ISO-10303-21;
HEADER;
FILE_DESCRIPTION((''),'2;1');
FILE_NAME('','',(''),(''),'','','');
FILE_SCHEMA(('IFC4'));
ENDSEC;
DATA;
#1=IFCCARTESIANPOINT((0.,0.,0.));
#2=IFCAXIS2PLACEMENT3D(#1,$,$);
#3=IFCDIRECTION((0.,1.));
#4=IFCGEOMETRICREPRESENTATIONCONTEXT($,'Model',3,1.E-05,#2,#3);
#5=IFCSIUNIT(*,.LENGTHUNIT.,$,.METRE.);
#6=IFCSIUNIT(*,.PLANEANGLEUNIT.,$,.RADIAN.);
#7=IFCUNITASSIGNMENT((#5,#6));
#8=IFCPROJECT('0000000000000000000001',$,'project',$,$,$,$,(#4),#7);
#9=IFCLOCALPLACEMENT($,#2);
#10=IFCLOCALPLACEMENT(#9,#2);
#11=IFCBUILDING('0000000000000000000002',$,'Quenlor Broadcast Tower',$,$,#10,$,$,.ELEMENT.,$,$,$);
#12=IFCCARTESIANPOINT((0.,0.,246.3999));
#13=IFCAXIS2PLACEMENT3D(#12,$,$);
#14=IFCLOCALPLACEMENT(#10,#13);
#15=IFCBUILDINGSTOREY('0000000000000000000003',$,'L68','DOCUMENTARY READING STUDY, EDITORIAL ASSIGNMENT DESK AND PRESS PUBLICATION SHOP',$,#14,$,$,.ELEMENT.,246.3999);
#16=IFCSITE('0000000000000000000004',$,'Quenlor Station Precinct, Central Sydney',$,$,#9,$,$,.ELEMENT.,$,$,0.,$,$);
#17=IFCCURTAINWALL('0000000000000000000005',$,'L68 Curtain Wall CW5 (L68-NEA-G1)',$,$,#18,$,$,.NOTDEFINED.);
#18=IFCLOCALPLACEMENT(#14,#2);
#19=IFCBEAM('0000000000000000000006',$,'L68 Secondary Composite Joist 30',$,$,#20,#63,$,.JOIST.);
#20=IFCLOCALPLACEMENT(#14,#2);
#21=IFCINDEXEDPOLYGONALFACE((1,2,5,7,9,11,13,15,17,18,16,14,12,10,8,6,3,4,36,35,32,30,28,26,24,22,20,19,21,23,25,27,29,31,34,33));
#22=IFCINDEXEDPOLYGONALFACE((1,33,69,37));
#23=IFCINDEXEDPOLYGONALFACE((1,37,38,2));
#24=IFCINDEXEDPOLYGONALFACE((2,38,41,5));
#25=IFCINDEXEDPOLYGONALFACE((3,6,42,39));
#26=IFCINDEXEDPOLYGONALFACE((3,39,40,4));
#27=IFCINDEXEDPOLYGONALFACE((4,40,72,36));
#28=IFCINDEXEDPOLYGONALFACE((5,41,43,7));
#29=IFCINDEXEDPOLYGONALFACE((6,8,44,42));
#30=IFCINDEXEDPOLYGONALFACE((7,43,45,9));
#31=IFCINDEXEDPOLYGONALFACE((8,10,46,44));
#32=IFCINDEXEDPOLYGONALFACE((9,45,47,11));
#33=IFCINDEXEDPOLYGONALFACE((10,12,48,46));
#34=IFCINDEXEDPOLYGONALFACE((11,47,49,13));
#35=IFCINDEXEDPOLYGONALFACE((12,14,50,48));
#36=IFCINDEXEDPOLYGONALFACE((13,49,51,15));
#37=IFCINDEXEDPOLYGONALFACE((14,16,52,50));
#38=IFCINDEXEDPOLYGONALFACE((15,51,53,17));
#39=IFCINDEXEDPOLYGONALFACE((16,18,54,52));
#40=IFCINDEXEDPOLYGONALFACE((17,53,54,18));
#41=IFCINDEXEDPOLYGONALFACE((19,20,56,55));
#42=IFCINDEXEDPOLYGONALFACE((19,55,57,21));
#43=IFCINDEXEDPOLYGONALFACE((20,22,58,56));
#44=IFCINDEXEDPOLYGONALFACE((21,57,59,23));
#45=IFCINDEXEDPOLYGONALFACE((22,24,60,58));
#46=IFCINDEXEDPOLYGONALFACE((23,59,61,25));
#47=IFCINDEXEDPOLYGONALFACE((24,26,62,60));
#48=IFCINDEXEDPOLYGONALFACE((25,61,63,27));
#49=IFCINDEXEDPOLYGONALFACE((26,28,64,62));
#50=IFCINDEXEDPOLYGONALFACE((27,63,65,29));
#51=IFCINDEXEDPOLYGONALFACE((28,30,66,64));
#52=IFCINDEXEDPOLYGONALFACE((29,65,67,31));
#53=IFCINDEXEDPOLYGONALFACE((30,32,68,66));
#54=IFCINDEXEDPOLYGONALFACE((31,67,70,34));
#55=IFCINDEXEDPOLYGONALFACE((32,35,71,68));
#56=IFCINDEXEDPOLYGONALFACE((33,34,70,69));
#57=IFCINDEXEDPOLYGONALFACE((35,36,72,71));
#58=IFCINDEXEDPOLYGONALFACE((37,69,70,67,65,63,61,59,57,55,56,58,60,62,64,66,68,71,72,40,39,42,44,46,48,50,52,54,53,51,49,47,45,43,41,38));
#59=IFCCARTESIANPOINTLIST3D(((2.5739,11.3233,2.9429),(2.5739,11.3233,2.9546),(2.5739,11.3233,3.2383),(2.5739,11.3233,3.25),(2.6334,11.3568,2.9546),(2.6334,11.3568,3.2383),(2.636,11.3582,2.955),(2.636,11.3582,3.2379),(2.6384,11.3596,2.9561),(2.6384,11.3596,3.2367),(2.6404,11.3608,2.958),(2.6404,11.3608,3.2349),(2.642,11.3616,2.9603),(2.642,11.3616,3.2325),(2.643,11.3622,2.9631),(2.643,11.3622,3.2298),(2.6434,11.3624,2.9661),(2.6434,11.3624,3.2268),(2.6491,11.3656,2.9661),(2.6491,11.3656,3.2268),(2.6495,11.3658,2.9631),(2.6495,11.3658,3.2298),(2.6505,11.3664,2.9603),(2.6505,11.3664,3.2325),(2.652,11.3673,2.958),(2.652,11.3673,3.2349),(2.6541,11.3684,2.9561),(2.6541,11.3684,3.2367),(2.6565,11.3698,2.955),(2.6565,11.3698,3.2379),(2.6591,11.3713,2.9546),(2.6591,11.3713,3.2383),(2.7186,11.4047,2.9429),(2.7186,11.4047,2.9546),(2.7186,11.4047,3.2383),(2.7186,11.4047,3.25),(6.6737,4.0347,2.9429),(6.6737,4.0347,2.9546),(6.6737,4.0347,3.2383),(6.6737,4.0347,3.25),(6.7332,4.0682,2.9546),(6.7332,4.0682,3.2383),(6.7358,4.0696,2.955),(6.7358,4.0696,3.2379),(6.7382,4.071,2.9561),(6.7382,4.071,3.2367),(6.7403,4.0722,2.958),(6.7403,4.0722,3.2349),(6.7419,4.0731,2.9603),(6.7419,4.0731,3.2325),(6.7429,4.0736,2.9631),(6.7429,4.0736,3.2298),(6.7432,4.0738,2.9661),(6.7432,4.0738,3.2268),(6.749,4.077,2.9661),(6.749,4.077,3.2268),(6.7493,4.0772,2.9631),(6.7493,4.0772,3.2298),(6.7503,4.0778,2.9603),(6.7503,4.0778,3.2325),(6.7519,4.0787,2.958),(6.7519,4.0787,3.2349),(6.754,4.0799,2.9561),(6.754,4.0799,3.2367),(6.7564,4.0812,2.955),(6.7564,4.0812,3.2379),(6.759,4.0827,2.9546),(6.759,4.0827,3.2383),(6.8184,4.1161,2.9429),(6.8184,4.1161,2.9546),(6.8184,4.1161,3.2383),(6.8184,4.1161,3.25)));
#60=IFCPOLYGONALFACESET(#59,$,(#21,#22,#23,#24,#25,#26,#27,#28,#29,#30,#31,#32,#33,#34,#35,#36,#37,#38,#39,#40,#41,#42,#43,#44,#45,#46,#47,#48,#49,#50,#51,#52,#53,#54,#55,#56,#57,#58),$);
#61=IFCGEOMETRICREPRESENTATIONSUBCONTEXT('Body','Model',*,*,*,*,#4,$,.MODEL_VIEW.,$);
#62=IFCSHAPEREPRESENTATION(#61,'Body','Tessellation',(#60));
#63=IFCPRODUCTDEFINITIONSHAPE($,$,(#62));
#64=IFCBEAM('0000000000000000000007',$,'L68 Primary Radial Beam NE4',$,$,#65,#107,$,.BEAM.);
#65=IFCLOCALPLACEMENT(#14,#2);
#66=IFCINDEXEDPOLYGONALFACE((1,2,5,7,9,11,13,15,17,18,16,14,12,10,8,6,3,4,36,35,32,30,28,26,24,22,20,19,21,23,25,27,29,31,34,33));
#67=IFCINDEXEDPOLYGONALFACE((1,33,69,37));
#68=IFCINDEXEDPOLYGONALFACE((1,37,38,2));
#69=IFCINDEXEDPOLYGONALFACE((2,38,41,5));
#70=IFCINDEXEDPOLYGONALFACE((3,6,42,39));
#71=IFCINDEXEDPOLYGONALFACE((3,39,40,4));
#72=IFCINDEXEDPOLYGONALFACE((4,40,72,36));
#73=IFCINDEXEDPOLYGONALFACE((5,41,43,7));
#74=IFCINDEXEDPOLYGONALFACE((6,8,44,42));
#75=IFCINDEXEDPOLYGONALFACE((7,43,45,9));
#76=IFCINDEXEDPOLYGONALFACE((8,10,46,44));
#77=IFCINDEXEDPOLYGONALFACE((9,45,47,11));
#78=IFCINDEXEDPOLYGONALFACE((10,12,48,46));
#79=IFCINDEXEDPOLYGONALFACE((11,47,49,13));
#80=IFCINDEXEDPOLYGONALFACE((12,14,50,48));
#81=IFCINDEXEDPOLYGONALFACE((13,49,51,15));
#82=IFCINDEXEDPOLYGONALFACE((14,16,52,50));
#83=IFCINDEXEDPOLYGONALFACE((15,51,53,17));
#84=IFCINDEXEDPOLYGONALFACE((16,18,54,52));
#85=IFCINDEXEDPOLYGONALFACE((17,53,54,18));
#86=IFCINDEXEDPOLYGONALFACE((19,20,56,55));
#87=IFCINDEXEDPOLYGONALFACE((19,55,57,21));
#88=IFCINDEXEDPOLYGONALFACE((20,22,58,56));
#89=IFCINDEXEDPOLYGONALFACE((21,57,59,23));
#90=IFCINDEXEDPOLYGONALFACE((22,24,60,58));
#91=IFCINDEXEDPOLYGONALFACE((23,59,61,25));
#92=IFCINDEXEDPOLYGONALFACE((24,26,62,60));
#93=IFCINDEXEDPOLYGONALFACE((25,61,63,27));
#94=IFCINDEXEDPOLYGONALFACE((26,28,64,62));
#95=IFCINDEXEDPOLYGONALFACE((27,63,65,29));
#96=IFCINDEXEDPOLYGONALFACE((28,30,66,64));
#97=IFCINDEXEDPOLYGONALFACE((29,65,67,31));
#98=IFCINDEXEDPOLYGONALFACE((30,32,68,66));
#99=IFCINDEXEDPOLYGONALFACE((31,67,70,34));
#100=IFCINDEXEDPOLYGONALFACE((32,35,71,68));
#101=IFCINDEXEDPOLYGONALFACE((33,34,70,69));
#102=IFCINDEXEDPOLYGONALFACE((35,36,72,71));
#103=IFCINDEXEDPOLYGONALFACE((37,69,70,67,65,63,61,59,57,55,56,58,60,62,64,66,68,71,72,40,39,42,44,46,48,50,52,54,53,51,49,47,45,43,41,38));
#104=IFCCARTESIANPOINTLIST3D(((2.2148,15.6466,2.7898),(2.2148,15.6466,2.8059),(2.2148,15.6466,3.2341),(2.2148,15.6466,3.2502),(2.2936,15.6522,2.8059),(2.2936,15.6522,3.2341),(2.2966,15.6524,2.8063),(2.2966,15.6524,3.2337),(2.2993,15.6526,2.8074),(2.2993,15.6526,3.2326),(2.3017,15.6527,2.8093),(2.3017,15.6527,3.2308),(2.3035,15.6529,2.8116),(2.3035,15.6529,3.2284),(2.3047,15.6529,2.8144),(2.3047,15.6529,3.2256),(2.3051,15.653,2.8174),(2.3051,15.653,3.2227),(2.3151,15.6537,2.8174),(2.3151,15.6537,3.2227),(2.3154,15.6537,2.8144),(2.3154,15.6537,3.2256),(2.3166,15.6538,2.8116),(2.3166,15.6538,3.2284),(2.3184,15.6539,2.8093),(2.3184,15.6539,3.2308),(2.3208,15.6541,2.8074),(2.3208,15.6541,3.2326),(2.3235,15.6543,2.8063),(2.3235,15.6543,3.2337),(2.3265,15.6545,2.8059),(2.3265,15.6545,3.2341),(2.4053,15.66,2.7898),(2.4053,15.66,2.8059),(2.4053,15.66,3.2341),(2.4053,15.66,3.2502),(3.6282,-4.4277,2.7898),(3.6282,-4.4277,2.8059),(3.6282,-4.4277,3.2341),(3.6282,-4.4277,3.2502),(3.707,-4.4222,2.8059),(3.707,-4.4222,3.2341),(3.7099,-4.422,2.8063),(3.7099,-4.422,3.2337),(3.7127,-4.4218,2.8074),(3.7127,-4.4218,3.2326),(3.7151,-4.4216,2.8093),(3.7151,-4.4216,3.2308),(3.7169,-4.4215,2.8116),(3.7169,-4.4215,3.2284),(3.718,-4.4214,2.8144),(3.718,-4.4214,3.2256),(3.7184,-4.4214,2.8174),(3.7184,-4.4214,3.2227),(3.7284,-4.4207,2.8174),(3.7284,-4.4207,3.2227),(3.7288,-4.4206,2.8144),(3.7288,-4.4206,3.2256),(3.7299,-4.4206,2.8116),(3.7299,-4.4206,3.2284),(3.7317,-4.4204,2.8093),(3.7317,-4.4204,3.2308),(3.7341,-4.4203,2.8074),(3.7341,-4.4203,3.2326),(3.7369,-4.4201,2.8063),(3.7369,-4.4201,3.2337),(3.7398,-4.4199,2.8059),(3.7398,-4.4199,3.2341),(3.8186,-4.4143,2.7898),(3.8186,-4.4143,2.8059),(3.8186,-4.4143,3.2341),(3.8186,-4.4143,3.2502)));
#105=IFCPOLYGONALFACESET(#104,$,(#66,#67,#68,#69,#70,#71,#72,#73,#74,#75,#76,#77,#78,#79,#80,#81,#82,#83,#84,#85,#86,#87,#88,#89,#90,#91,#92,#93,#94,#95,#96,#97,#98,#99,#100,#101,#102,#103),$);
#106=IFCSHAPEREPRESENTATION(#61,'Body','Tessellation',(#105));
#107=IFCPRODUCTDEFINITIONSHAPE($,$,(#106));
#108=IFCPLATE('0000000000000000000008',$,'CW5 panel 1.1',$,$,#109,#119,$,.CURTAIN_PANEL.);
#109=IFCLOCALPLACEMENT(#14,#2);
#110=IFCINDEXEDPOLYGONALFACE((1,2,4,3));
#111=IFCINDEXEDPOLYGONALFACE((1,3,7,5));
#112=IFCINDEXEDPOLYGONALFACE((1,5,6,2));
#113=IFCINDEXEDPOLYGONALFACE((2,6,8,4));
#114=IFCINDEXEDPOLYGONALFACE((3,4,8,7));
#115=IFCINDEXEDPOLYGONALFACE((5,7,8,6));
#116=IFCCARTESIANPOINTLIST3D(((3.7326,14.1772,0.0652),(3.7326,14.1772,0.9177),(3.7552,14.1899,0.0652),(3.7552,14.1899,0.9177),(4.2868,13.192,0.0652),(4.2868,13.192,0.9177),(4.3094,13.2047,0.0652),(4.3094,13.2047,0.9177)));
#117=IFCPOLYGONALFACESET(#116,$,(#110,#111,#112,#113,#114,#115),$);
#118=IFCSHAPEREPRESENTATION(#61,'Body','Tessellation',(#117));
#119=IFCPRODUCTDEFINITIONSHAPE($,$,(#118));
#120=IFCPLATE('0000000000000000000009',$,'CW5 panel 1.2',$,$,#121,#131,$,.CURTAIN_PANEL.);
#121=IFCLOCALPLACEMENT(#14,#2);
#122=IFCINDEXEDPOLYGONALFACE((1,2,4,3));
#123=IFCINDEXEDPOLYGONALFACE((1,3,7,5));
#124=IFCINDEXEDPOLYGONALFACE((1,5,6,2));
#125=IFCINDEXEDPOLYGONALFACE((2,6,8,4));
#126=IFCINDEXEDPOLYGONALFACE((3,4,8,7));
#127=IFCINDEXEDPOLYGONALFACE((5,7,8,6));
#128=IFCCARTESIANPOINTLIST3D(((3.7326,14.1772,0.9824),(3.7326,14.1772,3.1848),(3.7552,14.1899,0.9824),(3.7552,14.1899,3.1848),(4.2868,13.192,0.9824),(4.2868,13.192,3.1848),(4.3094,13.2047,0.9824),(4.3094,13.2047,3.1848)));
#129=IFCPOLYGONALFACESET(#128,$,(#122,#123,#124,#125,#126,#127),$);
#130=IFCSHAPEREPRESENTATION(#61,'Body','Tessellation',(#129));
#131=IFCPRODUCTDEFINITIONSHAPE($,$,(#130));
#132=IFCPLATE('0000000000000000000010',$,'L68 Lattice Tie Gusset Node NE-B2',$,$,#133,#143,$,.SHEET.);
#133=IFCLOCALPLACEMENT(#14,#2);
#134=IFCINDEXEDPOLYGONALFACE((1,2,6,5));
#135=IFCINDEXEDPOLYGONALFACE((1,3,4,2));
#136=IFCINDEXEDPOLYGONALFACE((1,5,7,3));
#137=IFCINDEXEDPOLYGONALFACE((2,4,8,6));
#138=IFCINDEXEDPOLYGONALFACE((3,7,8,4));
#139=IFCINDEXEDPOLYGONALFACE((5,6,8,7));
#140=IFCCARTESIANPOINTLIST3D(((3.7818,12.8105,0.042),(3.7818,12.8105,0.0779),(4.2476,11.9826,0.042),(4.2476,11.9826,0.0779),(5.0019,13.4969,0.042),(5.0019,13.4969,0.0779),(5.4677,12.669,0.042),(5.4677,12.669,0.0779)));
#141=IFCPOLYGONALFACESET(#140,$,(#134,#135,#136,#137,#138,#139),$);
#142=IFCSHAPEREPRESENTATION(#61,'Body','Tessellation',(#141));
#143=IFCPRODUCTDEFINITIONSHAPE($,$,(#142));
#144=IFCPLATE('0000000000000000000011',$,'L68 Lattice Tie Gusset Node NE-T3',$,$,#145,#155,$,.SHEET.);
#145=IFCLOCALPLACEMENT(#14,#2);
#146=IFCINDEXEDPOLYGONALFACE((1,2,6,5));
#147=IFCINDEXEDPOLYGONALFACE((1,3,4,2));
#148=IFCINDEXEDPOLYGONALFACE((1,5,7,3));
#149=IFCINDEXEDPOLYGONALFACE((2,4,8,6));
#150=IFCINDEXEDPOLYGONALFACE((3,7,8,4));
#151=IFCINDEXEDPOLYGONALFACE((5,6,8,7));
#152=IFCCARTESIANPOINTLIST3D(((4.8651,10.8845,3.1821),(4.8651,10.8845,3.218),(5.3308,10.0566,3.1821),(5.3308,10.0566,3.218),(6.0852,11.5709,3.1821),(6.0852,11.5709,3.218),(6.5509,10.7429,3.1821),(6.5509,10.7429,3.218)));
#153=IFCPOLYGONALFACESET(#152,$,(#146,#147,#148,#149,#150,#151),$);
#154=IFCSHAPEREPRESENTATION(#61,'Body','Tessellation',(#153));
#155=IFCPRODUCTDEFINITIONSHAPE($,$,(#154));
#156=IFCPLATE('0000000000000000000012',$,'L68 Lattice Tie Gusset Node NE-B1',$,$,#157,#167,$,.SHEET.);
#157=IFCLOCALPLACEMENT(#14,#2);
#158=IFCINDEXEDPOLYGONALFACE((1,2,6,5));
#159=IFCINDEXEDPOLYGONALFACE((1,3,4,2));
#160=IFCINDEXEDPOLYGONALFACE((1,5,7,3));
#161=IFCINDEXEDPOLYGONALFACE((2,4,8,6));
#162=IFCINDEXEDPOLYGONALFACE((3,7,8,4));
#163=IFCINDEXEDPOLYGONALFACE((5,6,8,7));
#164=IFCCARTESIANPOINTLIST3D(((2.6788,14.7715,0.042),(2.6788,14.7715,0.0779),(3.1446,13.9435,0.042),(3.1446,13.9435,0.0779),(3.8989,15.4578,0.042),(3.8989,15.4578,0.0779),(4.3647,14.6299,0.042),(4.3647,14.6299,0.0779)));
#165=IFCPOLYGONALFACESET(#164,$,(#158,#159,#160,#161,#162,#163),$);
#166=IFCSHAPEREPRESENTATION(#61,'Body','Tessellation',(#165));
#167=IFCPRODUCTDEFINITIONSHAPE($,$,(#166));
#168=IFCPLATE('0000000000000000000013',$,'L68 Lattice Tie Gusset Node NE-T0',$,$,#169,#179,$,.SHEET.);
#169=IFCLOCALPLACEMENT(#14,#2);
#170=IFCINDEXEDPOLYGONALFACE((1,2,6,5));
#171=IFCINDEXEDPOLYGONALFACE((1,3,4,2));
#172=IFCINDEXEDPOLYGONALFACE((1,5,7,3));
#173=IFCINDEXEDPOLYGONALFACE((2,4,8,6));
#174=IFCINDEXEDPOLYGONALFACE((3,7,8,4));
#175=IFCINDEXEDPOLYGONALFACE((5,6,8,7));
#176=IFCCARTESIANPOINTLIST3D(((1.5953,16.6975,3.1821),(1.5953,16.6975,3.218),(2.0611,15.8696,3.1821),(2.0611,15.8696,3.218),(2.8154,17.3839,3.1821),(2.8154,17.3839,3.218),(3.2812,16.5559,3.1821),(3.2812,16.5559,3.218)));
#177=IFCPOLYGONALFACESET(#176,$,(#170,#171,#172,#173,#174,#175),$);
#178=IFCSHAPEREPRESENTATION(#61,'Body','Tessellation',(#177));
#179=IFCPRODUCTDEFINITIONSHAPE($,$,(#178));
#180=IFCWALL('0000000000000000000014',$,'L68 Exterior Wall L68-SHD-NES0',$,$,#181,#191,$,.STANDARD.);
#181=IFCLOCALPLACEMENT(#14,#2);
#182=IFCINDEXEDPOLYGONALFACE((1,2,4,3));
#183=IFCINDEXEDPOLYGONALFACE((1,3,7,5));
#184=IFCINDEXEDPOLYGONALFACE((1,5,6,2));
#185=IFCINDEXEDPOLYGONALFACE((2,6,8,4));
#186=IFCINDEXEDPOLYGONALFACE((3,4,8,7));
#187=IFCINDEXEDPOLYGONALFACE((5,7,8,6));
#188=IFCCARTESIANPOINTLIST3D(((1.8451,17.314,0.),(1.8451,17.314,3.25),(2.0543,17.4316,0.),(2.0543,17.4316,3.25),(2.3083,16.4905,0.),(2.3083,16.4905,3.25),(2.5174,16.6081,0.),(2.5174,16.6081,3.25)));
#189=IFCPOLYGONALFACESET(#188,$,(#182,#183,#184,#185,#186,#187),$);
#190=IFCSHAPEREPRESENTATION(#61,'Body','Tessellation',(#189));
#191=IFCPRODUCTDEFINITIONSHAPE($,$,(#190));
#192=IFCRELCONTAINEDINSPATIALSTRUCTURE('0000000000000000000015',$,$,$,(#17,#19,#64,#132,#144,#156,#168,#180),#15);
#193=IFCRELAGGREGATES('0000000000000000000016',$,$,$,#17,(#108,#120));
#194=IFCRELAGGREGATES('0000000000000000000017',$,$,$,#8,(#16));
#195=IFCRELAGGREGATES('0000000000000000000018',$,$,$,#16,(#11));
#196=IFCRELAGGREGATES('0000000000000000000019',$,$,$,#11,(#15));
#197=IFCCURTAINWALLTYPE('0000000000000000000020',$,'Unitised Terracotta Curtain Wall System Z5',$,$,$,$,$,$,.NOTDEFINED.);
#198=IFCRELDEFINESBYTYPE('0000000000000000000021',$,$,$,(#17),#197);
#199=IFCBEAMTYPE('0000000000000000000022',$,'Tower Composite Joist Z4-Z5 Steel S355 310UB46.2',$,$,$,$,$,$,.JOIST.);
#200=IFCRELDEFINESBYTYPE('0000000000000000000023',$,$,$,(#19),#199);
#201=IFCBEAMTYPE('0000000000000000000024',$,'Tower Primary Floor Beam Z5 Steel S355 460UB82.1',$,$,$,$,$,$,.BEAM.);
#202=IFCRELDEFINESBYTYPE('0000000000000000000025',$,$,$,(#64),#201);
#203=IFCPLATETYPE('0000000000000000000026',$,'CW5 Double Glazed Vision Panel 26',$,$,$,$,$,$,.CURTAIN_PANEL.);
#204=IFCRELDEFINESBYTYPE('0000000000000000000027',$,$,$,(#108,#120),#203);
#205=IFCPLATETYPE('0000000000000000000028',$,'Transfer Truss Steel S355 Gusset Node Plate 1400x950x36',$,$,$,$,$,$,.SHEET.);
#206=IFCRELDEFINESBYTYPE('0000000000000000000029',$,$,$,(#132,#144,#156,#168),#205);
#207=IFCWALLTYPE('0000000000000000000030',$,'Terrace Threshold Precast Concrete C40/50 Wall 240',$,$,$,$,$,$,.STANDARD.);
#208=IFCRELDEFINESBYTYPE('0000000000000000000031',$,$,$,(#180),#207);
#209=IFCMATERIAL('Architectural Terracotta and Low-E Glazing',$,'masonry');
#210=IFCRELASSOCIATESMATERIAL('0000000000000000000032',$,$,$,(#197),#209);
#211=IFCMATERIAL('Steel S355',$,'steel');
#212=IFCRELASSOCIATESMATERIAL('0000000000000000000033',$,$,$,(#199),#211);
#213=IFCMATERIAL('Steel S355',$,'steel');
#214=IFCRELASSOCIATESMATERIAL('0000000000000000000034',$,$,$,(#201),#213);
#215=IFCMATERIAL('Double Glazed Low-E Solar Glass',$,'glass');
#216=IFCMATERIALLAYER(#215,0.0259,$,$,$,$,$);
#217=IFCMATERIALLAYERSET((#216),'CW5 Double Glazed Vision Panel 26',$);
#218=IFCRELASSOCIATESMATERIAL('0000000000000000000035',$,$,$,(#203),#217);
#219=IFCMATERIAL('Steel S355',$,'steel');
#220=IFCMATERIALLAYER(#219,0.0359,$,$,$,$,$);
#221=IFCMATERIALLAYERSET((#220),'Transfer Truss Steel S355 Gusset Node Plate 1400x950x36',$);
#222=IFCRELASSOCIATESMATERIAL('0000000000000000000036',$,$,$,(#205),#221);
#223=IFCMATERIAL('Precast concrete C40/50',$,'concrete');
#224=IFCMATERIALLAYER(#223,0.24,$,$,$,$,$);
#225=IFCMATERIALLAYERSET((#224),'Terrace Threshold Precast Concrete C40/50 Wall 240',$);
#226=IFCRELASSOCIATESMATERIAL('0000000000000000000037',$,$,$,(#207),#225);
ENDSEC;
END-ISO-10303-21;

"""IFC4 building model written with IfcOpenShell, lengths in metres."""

from ifc_helpers import new_model, si_unit, direction, frame, frame_2d, origin, origin_2d, place, context, subcontext, project, spatial, rectangle, i_section, extrude, material, layer, layer_set, material_profile, profile_set, type_object, element, aggregate, save


model = new_model("IFC4")

# Units and contexts
model_context = context("Model", 3, precision=1e-05, world=origin(), true_north=direction((0.0, 1.0)))
body_context = subcontext(model_context, "Body", "Model", "MODEL_VIEW")
ifc_project = project(units=[si_unit("LENGTHUNIT", "METRE"), si_unit("PLANEANGLEUNIT", "RADIAN")], contexts=[model_context])

# Site, building, storey
site_placement = place(None, origin())
site = spatial("IfcSite", under=ifc_project, at=site_placement, Name="Quenlor Station Precinct, Central Sydney", CompositionType="ELEMENT", RefElevation=0.0)
building_placement = place(site_placement, origin())
building = spatial("IfcBuilding", under=site, at=building_placement, Name="Quenlor Broadcast Tower", CompositionType="ELEMENT")
storey_placement = place(building_placement, frame((0.0, 0.0, 246.3999)))
storey = spatial("IfcBuildingStorey", under=building, at=storey_placement, Name="L68", Description="DOCUMENTARY READING STUDY, EDITORIAL ASSIGNMENT DESK AND PRESS PUBLICATION SHOP", CompositionType="ELEMENT", Elevation=246.3999)

# Curtain wall
ifc_material_1 = material(Name="Architectural Terracotta and Low-E Glazing", Category="masonry")
curtain_wall_type = type_object("IfcCurtainWallType", Name="Unitised Terracotta Curtain Wall System Z5", PredefinedType="NOTDEFINED", material=ifc_material_1)
curtain_wall_placement = place(storey_placement, origin())
curtain_wall = element("IfcCurtainWall", 1, at=curtain_wall_placement, inside=storey, type_object=curtain_wall_type, Name="L68 Curtain Wall CW5 (L68-NEA-G1)", PredefinedType="NOTDEFINED")

# Beams
ifc_material_2 = material(Name="Steel S355", Category="steel")
ifc_material_profile_1 = material_profile(ifc_material_2, i_section(OverallWidth=0.166, OverallDepth=0.3071, WebThickness=0.0066, FlangeThickness=0.0117, FilletRadius=0.0115, at=origin_2d()))
ifc_profile_set_1 = profile_set([ifc_material_profile_1], Name="Steel S355 310UB46.2")
beam_type_1 = type_object("IfcBeamType", Name="Tower Composite Joist Z4-Z5 Steel S355 310UB46.2", PredefinedType="JOIST", material=ifc_profile_set_1)
beam_1_placement = place(storey_placement, frame((2.6462, 11.364, 3.0964), z_axis=(0.490264, -0.871574, 0.0), x_axis=(0.871574, 0.490264, 0.0)))
element("IfcBeam", 2, at=beam_1_placement, inside=storey, type_object=beam_type_1, Name="L68 Secondary Composite Joist 30", PredefinedType="JOIST", context=body_context, shape_type="SweptSolid", body=[
    extrude(i_section(OverallWidth=0.166, OverallDepth=0.3071, WebThickness=0.0066, FlangeThickness=0.0117, FilletRadius=0.0115, at=origin_2d()), origin(), (0.0, 0.0, 1.0), 8.3625),
])
ifc_material_3 = material(Name="Steel S355", Category="steel")
ifc_material_profile_2 = material_profile(ifc_material_3, i_section(OverallWidth=0.1909, OverallDepth=0.4604, WebThickness=0.01, FlangeThickness=0.0161, FilletRadius=0.0115, at=origin_2d()))
ifc_profile_set_2 = profile_set([ifc_material_profile_2], Name="Steel S355 460UB82.1")
beam_type_2 = type_object("IfcBeamType", Name="Tower Primary Floor Beam Z5 Steel S355 460UB82.1", PredefinedType="BEAM", material=ifc_profile_set_2)
beam_2_placement = place(storey_placement, frame((2.3101, 15.6533, 3.02), z_axis=(0.070231, -0.997531, 0.0), x_axis=(0.997531, 0.070231, 0.0)))
element("IfcBeam", 3, at=beam_2_placement, inside=storey, type_object=beam_type_2, Name="L68 Primary Radial Beam NE4", PredefinedType="BEAM", context=body_context, shape_type="SweptSolid", body=[
    extrude(i_section(OverallWidth=0.1909, OverallDepth=0.4604, WebThickness=0.01, FlangeThickness=0.0161, FilletRadius=0.0115, at=origin_2d()), origin(), (0.0, 0.0, 1.0), 20.124),
])

# Plates
ifc_material_4 = material(Name="Double Glazed Low-E Solar Glass", Category="glass")
ifc_layer_1 = layer(ifc_material_4, 0.0259)
ifc_layer_set_1 = layer_set([ifc_layer_1], Name="CW5 Double Glazed Vision Panel 26")
plate_type_1 = type_object("IfcPlateType", Name="CW5 Double Glazed Vision Panel 26", PredefinedType="CURTAIN_PANEL", material=ifc_layer_set_1)
plate_1_placement = place(storey_placement, frame((4.021, 13.6909, 0.0652), z_axis=(0.0, 0.0, 1.0), x_axis=(0.490291, -0.871559, 0.0)))
plate_1 = element("IfcPlate", 4, at=plate_1_placement, type_object=plate_type_1, Name="CW5 panel 1.1", PredefinedType="CURTAIN_PANEL", context=body_context, shape_type="SweptSolid", body=[
    extrude(rectangle(XDim=1.1304, YDim=0.0259, at=origin_2d()), origin(), (0.0, 0.0, 1.0), 0.8525),
])
plate_2_placement = place(storey_placement, frame((4.021, 13.6909, 0.9824), z_axis=(0.0, 0.0, 1.0), x_axis=(0.490291, -0.871559, 0.0)))
plate_2 = element("IfcPlate", 5, at=plate_2_placement, type_object=plate_type_1, Name="CW5 panel 1.2", PredefinedType="CURTAIN_PANEL", context=body_context, shape_type="SweptSolid", body=[
    extrude(rectangle(XDim=1.1304, YDim=0.0259, at=origin_2d()), origin(), (0.0, 0.0, 1.0), 2.2024),
])
aggregate(curtain_wall, [plate_1, plate_2])

# Plates
ifc_material_5 = material(Name="Steel S355", Category="steel")
ifc_layer_2 = layer(ifc_material_5, 0.0359)
ifc_layer_set_2 = layer_set([ifc_layer_2], Name="Transfer Truss Steel S355 Gusset Node Plate 1400x950x36")
plate_type_2 = type_object("IfcPlateType", Name="Transfer Truss Steel S355 Gusset Node Plate 1400x950x36", PredefinedType="SHEET", material=ifc_layer_set_2)
for number, where, z_axis, x_axis, name in (
    (6, (4.6248, 12.7397, 0.042), (0.0, 0.0, 1.0), (0.871556, 0.490295, 0.0), "L68 Lattice Tie Gusset Node NE-B2"),
    (7, (5.708, 10.8137, 3.1821), (0.0, 0.0, 1.0), (0.871556, 0.490295, 0.0), "L68 Lattice Tie Gusset Node NE-T3"),
    (8, (3.5217, 14.7007, 0.042), (0.0, 0.0, 1.0), (0.871556, 0.490295, 0.0), "L68 Lattice Tie Gusset Node NE-B1"),
    (9, (2.4382, 16.6267, 3.1821), (0.0, 0.0, 1.0), (0.871556, 0.490295, 0.0), "L68 Lattice Tie Gusset Node NE-T0"),
):
    element("IfcPlate", number, at=place(storey_placement, frame(where, z_axis=z_axis, x_axis=x_axis)), inside=storey, type_object=plate_type_2, Name=name, PredefinedType="SHEET", context=body_context, shape_type="SweptSolid", body=[
        extrude(rectangle(XDim=1.3999, YDim=0.95, at=origin_2d()), origin(), (0.0, 0.0, 1.0), 0.0359),
    ])

# Wall
ifc_material_6 = material(Name="Precast concrete C40/50", Category="concrete")
ifc_layer_3 = layer(ifc_material_6, 0.24)
ifc_layer_set_3 = layer_set([ifc_layer_3], Name="Terrace Threshold Precast Concrete C40/50 Wall 240")
wall_type_1 = type_object("IfcWallType", Name="Terrace Threshold Precast Concrete C40/50 Wall 240", PredefinedType="STANDARD", material=ifc_layer_set_3)
wall_1_placement = place(storey_placement, frame((1.9497, 17.3728, 0.0), z_axis=(0.0, 0.0, 1.0), x_axis=(0.4902, -0.87161, 0.0)))
element("IfcWall", 10, at=wall_1_placement, inside=storey, type_object=wall_type_1, Name="L68 Exterior Wall L68-SHD-NES0", PredefinedType="STANDARD", context=body_context, shape_type="SweptSolid", body=[
    extrude(rectangle(XDim=0.9448, YDim=0.24, at=frame_2d((0.4724, 0.0))), origin(), (0.0, 0.0, 1.0), 3.25),
])

save(model, "model.ifc")
